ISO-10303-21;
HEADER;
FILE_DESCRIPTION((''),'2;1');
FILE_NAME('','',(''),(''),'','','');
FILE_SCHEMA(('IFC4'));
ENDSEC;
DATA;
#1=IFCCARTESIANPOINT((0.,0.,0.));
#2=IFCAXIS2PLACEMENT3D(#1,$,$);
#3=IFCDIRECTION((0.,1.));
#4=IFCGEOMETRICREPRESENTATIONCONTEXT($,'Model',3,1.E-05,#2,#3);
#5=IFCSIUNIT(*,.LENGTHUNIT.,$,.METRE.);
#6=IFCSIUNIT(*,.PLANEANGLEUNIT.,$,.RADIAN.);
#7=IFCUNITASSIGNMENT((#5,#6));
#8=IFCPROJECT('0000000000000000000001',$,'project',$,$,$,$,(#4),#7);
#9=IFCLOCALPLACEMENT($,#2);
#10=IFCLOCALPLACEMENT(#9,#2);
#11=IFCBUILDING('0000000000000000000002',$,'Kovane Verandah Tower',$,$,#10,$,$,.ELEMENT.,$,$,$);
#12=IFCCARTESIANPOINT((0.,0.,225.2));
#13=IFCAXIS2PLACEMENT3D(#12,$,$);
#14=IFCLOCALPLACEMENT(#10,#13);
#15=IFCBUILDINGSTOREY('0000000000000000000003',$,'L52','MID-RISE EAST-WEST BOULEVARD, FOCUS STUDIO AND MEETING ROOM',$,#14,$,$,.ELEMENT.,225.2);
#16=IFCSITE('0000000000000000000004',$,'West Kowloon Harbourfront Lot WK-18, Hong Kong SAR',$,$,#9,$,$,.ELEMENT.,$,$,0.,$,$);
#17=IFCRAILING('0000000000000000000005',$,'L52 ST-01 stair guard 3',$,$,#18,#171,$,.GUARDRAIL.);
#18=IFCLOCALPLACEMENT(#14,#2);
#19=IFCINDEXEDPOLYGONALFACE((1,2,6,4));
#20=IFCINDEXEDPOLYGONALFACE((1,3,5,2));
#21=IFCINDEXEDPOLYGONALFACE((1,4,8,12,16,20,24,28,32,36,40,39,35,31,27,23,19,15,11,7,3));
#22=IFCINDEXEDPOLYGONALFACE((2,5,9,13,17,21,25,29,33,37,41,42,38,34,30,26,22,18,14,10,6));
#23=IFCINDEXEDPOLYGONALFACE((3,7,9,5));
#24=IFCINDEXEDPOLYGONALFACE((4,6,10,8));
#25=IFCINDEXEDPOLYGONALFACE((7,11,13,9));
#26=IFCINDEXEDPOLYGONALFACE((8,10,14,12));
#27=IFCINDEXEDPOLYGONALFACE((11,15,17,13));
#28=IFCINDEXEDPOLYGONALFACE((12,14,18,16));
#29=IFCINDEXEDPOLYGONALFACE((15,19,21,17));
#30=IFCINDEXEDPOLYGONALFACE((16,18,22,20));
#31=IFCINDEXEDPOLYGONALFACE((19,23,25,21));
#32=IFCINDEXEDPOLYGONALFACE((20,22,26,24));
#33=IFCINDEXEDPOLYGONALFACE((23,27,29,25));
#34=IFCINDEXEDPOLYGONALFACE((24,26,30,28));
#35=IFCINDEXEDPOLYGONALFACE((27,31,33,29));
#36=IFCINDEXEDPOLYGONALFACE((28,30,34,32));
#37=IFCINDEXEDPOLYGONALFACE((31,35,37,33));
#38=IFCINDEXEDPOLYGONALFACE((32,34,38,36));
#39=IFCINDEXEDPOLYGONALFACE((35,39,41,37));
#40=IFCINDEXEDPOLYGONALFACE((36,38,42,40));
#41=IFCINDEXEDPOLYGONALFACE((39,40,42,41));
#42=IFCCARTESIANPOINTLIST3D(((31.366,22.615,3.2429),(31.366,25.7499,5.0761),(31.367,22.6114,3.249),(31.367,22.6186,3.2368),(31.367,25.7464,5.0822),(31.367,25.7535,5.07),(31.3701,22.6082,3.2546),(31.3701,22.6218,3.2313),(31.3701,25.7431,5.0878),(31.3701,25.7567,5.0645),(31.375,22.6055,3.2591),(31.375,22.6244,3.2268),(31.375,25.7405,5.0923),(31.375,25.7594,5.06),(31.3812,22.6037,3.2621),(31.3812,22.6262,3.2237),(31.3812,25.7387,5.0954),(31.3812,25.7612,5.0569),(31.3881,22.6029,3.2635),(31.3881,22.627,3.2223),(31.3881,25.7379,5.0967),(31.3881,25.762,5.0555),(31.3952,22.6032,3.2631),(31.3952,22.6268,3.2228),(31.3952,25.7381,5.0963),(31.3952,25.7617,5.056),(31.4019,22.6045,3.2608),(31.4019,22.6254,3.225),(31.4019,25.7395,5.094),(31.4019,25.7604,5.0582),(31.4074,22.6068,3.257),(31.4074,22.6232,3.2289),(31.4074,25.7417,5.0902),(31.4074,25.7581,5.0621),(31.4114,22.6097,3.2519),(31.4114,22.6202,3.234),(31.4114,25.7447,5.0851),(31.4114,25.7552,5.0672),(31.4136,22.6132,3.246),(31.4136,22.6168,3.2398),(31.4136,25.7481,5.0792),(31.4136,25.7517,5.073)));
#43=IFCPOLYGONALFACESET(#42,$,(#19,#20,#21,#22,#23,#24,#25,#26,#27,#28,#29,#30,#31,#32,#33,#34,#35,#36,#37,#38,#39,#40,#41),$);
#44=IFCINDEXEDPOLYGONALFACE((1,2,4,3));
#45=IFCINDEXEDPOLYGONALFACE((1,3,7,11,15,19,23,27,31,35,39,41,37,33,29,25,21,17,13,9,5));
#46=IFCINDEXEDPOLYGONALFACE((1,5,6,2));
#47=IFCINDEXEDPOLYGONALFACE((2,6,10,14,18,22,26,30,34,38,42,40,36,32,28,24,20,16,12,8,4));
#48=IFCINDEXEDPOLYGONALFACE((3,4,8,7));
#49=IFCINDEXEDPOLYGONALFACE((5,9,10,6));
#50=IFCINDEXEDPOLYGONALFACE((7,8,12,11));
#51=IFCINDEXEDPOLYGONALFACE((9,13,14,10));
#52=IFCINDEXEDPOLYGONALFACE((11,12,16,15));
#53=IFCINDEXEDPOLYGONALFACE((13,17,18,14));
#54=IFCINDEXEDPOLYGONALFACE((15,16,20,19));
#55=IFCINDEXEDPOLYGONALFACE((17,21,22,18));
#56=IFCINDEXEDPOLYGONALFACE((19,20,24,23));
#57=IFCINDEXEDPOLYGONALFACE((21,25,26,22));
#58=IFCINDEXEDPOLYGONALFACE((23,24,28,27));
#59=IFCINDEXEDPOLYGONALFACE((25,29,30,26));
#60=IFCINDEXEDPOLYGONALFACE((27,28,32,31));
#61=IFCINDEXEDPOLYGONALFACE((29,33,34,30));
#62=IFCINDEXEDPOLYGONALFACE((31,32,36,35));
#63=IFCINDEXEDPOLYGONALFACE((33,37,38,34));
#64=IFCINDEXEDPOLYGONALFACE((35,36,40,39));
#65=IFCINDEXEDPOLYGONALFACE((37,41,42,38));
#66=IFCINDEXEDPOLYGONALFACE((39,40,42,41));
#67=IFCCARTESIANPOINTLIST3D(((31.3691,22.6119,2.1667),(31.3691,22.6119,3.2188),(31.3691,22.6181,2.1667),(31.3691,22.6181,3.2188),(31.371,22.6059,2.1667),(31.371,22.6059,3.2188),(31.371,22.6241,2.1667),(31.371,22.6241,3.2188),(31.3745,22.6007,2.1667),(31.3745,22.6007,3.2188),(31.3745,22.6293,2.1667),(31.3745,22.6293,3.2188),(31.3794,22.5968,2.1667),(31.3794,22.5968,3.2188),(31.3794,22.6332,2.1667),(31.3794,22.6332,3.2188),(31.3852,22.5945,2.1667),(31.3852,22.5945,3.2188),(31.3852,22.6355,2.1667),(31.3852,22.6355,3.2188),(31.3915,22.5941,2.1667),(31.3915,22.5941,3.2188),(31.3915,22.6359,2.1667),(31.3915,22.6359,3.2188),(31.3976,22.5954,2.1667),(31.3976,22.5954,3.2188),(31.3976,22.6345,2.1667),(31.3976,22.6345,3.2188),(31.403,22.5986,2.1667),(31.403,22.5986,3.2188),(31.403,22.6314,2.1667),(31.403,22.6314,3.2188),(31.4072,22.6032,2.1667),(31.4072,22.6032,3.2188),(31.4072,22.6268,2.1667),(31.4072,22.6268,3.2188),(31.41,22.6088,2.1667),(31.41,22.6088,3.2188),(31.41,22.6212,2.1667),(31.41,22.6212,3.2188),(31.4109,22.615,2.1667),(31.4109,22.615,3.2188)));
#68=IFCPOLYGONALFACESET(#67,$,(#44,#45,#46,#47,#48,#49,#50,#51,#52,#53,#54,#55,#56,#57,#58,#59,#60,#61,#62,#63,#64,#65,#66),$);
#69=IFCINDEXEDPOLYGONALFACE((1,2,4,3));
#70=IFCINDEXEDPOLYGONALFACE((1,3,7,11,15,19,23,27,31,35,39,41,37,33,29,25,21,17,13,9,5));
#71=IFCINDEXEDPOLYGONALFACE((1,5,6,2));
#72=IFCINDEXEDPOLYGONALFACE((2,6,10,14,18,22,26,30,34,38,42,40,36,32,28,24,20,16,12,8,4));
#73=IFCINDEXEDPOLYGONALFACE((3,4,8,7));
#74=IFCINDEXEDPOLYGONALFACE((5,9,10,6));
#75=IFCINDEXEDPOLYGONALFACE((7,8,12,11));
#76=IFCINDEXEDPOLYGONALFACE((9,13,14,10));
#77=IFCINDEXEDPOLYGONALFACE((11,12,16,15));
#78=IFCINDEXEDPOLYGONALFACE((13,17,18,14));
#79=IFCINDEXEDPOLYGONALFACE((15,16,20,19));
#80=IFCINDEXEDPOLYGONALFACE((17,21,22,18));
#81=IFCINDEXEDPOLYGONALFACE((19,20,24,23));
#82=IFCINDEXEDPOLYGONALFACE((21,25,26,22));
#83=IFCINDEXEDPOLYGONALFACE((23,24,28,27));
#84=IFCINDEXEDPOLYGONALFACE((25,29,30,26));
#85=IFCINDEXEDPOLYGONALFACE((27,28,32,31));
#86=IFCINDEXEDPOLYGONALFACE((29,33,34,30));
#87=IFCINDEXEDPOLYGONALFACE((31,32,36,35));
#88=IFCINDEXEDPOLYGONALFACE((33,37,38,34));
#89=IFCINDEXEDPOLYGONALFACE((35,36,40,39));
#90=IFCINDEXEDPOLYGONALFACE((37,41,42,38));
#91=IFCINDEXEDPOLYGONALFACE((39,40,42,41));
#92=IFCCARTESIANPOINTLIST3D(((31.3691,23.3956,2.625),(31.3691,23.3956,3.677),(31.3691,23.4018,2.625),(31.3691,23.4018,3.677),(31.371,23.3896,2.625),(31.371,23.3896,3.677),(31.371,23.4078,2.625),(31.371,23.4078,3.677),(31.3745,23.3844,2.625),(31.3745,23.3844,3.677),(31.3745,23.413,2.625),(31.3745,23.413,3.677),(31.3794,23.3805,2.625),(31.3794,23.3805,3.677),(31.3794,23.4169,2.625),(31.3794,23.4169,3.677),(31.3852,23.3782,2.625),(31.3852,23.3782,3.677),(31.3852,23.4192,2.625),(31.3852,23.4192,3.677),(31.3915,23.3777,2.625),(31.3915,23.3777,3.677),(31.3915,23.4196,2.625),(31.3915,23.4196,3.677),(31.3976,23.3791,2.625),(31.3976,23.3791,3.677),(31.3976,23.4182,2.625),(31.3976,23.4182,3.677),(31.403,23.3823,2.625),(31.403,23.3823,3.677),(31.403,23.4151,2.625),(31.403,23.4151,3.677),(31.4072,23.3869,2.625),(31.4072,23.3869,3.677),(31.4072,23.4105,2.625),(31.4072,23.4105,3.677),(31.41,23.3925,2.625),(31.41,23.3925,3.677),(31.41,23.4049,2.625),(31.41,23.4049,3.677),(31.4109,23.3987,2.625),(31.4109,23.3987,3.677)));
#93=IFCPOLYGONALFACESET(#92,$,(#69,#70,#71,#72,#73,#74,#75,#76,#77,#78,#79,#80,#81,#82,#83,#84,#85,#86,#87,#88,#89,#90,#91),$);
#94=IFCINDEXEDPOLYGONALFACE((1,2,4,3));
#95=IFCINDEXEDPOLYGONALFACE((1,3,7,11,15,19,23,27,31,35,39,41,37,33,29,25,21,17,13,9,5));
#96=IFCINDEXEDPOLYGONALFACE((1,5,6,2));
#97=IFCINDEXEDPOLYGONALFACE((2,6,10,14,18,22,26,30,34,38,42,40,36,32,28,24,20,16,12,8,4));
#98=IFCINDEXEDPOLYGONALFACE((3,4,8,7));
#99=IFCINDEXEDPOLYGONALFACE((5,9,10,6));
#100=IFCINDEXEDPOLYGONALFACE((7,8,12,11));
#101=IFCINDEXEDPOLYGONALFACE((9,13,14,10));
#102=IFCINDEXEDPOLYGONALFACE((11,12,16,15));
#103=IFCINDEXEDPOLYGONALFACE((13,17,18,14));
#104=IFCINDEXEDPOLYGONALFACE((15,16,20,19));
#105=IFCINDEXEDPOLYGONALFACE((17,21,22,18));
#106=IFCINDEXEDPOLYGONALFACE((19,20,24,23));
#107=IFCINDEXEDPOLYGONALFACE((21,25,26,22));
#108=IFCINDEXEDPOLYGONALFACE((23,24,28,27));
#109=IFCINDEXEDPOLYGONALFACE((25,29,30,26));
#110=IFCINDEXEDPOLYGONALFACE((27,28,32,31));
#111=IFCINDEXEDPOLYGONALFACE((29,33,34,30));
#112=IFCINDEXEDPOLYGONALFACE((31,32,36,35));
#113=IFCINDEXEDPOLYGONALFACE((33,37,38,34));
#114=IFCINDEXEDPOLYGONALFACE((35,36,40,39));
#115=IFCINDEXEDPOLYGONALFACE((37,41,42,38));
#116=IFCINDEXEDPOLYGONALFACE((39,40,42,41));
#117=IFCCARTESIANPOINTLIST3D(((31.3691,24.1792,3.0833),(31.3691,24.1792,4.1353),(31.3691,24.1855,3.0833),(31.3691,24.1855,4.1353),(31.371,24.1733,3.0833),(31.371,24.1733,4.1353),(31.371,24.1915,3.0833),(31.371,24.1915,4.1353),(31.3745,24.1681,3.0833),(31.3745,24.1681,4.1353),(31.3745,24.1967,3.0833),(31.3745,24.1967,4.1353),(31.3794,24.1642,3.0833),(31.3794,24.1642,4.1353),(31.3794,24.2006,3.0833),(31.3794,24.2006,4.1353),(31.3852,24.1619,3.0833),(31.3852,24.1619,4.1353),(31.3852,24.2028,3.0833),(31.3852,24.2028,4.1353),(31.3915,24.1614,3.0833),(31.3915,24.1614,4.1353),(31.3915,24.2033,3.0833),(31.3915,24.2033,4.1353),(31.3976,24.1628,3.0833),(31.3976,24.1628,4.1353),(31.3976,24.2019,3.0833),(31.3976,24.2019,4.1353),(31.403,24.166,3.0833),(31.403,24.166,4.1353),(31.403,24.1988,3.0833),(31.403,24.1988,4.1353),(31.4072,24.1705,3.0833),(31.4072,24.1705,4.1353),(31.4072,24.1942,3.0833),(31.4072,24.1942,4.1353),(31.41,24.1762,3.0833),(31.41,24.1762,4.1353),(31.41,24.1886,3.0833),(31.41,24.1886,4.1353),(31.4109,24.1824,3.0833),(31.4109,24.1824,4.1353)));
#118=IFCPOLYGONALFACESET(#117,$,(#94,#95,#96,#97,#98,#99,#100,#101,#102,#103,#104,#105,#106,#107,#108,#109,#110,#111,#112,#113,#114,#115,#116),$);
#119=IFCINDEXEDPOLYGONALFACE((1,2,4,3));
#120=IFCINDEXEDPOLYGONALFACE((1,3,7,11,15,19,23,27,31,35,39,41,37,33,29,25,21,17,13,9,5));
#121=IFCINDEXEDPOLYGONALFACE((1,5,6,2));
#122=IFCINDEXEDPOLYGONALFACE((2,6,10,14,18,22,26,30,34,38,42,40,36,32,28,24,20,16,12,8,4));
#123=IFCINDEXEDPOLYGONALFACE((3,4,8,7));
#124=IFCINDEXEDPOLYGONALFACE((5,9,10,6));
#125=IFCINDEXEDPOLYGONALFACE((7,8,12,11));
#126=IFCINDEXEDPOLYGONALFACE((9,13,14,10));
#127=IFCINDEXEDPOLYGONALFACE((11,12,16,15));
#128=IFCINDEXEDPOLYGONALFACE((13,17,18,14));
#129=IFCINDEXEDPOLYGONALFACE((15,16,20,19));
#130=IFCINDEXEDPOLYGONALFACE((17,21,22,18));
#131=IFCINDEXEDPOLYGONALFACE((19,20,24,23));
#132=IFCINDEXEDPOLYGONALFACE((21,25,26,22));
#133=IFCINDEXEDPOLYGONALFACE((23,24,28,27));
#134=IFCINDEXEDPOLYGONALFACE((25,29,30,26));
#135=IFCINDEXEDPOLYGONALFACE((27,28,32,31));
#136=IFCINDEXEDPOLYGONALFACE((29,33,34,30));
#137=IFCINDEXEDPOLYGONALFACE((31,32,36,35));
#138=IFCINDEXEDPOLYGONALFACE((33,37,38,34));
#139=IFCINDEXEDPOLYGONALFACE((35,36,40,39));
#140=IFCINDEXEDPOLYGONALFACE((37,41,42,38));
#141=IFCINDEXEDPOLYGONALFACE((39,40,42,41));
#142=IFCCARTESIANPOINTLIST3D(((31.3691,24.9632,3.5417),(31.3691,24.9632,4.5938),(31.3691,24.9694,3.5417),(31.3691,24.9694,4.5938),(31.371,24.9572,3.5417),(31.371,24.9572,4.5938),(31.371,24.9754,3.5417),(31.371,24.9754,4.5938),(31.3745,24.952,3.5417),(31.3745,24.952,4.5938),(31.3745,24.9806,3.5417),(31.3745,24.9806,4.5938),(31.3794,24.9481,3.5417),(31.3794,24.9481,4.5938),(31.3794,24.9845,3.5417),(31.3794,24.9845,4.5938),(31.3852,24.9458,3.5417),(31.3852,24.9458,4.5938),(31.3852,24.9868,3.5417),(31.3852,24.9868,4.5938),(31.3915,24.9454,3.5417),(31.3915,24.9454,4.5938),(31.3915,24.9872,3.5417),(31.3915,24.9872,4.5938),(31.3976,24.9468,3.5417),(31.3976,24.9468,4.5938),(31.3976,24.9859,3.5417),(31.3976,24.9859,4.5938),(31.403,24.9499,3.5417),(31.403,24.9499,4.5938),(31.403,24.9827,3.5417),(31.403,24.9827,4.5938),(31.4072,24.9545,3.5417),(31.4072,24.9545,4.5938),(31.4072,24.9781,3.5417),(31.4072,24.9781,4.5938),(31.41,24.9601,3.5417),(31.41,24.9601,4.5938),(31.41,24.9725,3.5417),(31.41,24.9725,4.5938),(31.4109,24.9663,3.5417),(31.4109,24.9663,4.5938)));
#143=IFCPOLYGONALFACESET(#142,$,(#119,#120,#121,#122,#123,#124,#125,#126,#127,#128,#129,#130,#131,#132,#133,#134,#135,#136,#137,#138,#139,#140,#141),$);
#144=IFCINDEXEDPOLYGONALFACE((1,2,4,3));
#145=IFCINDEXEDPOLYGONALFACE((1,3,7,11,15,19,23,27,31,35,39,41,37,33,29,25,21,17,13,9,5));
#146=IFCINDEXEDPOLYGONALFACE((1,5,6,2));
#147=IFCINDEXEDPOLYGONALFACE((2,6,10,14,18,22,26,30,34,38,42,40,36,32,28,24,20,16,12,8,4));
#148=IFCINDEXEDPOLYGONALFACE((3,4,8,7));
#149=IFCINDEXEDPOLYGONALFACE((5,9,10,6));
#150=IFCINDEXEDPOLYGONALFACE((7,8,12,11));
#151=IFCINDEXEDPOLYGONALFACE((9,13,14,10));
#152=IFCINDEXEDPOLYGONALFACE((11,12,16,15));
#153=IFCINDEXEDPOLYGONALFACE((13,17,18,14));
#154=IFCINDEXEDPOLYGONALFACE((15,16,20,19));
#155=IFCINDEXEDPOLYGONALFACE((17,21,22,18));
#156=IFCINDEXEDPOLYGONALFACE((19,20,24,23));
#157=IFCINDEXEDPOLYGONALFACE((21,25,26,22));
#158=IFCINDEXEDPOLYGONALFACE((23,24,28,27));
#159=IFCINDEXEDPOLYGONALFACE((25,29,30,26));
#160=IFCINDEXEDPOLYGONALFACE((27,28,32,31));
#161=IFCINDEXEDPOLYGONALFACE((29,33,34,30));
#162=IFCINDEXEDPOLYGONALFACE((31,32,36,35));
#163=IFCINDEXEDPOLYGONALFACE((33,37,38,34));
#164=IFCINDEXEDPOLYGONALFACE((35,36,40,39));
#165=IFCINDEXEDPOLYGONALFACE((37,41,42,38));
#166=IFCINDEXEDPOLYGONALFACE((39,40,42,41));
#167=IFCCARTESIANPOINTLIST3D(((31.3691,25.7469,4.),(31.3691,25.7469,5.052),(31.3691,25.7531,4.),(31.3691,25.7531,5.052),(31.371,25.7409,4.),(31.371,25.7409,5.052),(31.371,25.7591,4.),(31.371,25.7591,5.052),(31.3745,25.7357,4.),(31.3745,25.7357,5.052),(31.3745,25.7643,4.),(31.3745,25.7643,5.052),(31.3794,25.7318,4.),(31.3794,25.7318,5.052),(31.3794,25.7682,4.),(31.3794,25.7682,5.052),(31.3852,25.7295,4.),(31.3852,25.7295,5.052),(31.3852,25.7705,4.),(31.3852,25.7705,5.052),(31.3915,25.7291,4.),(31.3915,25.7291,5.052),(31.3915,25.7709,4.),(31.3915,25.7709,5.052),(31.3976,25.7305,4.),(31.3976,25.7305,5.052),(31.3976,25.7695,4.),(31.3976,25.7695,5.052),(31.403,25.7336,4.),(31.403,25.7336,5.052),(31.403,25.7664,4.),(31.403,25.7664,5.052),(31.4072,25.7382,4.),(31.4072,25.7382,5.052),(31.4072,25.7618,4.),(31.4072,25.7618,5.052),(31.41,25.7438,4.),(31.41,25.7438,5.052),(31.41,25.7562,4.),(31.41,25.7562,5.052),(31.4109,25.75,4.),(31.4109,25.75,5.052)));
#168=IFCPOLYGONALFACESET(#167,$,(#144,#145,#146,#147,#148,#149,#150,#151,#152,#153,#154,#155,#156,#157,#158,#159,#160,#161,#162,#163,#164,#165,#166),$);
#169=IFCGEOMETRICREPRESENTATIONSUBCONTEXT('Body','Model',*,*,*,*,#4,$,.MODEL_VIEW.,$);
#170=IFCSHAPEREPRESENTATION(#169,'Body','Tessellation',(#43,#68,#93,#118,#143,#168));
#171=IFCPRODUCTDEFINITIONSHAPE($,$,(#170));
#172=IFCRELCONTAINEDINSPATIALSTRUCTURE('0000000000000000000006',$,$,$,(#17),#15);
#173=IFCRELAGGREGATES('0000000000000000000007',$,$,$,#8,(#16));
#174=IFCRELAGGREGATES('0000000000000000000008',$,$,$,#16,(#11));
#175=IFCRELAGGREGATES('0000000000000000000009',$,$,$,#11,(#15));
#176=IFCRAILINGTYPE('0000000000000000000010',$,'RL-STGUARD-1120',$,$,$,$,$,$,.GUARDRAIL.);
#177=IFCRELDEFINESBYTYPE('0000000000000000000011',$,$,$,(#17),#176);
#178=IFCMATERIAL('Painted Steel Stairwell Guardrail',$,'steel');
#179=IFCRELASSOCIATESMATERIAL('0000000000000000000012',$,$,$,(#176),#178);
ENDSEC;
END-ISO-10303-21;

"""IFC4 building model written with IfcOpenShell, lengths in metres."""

from ifc_helpers import new_model, si_unit, direction, frame, origin, origin_2d, place, context, subcontext, project, spatial, circle, extrude, material, type_object, element, save


model = new_model("IFC4")

# Units and contexts
model_context = context("Model", 3, precision=1e-05, world=origin(), true_north=direction((0.0, 1.0)))
body_context = subcontext(model_context, "Body", "Model", "MODEL_VIEW")
ifc_project = project(units=[si_unit("LENGTHUNIT", "METRE"), si_unit("PLANEANGLEUNIT", "RADIAN")], contexts=[model_context])

# Site, building, storey
site_placement = place(None, origin())
site = spatial("IfcSite", under=ifc_project, at=site_placement, Name="West Kowloon Harbourfront Lot WK-18, Hong Kong SAR", CompositionType="ELEMENT", RefElevation=0.0)
building_placement = place(site_placement, origin())
building = spatial("IfcBuilding", under=site, at=building_placement, Name="Kovane Verandah Tower", CompositionType="ELEMENT")
storey_placement = place(building_placement, frame((0.0, 0.0, 225.2)))
storey = spatial("IfcBuildingStorey", under=building, at=storey_placement, Name="L52", Description="MID-RISE EAST-WEST BOULEVARD, FOCUS STUDIO AND MEETING ROOM", CompositionType="ELEMENT", Elevation=225.2)

# Railing
ifc_material_1 = material(Name="Painted Steel Stairwell Guardrail", Category="steel")
railing_type_1 = type_object("IfcRailingType", Name="RL-STGUARD-1120", PredefinedType="GUARDRAIL", material=ifc_material_1)
railing_1_placement = place(storey_placement, frame((31.3899, 22.615, 2.1667)))
element("IfcRailing", 1, at=railing_1_placement, inside=storey, type_object=railing_type_1, Name="L52 ST-01 stair guard 3", PredefinedType="GUARDRAIL", context=body_context, shape_type="SweptSolid", body=[
    extrude(circle(Radius=0.0239, at=origin_2d()), frame((0.0, 0.0, 1.0762), z_axis=(0.0, 0.86324, 0.504794), x_axis=(-1.0, 0.0, 0.0)), (0.0, 0.0, 1.0), 3.6316),
    extrude(circle(Radius=0.021, at=origin_2d()), origin(), (0.0, 0.0, 1.0), 1.052),
    extrude(circle(Radius=0.021, at=origin_2d()), frame((0.0, 0.7837, 0.4583)), (0.0, 0.0, 1.0), 1.052),
    extrude(circle(Radius=0.021, at=origin_2d()), frame((0.0, 1.5674, 0.9165)), (0.0, 0.0, 1.0), 1.052),
    extrude(circle(Radius=0.021, at=origin_2d()), frame((0.0, 2.3513, 1.375)), (0.0, 0.0, 1.0), 1.052),
    extrude(circle(Radius=0.021, at=origin_2d()), frame((0.0, 3.135, 1.8333)), (0.0, 0.0, 1.0), 1.052),
])

save(model, "model.ifc")
